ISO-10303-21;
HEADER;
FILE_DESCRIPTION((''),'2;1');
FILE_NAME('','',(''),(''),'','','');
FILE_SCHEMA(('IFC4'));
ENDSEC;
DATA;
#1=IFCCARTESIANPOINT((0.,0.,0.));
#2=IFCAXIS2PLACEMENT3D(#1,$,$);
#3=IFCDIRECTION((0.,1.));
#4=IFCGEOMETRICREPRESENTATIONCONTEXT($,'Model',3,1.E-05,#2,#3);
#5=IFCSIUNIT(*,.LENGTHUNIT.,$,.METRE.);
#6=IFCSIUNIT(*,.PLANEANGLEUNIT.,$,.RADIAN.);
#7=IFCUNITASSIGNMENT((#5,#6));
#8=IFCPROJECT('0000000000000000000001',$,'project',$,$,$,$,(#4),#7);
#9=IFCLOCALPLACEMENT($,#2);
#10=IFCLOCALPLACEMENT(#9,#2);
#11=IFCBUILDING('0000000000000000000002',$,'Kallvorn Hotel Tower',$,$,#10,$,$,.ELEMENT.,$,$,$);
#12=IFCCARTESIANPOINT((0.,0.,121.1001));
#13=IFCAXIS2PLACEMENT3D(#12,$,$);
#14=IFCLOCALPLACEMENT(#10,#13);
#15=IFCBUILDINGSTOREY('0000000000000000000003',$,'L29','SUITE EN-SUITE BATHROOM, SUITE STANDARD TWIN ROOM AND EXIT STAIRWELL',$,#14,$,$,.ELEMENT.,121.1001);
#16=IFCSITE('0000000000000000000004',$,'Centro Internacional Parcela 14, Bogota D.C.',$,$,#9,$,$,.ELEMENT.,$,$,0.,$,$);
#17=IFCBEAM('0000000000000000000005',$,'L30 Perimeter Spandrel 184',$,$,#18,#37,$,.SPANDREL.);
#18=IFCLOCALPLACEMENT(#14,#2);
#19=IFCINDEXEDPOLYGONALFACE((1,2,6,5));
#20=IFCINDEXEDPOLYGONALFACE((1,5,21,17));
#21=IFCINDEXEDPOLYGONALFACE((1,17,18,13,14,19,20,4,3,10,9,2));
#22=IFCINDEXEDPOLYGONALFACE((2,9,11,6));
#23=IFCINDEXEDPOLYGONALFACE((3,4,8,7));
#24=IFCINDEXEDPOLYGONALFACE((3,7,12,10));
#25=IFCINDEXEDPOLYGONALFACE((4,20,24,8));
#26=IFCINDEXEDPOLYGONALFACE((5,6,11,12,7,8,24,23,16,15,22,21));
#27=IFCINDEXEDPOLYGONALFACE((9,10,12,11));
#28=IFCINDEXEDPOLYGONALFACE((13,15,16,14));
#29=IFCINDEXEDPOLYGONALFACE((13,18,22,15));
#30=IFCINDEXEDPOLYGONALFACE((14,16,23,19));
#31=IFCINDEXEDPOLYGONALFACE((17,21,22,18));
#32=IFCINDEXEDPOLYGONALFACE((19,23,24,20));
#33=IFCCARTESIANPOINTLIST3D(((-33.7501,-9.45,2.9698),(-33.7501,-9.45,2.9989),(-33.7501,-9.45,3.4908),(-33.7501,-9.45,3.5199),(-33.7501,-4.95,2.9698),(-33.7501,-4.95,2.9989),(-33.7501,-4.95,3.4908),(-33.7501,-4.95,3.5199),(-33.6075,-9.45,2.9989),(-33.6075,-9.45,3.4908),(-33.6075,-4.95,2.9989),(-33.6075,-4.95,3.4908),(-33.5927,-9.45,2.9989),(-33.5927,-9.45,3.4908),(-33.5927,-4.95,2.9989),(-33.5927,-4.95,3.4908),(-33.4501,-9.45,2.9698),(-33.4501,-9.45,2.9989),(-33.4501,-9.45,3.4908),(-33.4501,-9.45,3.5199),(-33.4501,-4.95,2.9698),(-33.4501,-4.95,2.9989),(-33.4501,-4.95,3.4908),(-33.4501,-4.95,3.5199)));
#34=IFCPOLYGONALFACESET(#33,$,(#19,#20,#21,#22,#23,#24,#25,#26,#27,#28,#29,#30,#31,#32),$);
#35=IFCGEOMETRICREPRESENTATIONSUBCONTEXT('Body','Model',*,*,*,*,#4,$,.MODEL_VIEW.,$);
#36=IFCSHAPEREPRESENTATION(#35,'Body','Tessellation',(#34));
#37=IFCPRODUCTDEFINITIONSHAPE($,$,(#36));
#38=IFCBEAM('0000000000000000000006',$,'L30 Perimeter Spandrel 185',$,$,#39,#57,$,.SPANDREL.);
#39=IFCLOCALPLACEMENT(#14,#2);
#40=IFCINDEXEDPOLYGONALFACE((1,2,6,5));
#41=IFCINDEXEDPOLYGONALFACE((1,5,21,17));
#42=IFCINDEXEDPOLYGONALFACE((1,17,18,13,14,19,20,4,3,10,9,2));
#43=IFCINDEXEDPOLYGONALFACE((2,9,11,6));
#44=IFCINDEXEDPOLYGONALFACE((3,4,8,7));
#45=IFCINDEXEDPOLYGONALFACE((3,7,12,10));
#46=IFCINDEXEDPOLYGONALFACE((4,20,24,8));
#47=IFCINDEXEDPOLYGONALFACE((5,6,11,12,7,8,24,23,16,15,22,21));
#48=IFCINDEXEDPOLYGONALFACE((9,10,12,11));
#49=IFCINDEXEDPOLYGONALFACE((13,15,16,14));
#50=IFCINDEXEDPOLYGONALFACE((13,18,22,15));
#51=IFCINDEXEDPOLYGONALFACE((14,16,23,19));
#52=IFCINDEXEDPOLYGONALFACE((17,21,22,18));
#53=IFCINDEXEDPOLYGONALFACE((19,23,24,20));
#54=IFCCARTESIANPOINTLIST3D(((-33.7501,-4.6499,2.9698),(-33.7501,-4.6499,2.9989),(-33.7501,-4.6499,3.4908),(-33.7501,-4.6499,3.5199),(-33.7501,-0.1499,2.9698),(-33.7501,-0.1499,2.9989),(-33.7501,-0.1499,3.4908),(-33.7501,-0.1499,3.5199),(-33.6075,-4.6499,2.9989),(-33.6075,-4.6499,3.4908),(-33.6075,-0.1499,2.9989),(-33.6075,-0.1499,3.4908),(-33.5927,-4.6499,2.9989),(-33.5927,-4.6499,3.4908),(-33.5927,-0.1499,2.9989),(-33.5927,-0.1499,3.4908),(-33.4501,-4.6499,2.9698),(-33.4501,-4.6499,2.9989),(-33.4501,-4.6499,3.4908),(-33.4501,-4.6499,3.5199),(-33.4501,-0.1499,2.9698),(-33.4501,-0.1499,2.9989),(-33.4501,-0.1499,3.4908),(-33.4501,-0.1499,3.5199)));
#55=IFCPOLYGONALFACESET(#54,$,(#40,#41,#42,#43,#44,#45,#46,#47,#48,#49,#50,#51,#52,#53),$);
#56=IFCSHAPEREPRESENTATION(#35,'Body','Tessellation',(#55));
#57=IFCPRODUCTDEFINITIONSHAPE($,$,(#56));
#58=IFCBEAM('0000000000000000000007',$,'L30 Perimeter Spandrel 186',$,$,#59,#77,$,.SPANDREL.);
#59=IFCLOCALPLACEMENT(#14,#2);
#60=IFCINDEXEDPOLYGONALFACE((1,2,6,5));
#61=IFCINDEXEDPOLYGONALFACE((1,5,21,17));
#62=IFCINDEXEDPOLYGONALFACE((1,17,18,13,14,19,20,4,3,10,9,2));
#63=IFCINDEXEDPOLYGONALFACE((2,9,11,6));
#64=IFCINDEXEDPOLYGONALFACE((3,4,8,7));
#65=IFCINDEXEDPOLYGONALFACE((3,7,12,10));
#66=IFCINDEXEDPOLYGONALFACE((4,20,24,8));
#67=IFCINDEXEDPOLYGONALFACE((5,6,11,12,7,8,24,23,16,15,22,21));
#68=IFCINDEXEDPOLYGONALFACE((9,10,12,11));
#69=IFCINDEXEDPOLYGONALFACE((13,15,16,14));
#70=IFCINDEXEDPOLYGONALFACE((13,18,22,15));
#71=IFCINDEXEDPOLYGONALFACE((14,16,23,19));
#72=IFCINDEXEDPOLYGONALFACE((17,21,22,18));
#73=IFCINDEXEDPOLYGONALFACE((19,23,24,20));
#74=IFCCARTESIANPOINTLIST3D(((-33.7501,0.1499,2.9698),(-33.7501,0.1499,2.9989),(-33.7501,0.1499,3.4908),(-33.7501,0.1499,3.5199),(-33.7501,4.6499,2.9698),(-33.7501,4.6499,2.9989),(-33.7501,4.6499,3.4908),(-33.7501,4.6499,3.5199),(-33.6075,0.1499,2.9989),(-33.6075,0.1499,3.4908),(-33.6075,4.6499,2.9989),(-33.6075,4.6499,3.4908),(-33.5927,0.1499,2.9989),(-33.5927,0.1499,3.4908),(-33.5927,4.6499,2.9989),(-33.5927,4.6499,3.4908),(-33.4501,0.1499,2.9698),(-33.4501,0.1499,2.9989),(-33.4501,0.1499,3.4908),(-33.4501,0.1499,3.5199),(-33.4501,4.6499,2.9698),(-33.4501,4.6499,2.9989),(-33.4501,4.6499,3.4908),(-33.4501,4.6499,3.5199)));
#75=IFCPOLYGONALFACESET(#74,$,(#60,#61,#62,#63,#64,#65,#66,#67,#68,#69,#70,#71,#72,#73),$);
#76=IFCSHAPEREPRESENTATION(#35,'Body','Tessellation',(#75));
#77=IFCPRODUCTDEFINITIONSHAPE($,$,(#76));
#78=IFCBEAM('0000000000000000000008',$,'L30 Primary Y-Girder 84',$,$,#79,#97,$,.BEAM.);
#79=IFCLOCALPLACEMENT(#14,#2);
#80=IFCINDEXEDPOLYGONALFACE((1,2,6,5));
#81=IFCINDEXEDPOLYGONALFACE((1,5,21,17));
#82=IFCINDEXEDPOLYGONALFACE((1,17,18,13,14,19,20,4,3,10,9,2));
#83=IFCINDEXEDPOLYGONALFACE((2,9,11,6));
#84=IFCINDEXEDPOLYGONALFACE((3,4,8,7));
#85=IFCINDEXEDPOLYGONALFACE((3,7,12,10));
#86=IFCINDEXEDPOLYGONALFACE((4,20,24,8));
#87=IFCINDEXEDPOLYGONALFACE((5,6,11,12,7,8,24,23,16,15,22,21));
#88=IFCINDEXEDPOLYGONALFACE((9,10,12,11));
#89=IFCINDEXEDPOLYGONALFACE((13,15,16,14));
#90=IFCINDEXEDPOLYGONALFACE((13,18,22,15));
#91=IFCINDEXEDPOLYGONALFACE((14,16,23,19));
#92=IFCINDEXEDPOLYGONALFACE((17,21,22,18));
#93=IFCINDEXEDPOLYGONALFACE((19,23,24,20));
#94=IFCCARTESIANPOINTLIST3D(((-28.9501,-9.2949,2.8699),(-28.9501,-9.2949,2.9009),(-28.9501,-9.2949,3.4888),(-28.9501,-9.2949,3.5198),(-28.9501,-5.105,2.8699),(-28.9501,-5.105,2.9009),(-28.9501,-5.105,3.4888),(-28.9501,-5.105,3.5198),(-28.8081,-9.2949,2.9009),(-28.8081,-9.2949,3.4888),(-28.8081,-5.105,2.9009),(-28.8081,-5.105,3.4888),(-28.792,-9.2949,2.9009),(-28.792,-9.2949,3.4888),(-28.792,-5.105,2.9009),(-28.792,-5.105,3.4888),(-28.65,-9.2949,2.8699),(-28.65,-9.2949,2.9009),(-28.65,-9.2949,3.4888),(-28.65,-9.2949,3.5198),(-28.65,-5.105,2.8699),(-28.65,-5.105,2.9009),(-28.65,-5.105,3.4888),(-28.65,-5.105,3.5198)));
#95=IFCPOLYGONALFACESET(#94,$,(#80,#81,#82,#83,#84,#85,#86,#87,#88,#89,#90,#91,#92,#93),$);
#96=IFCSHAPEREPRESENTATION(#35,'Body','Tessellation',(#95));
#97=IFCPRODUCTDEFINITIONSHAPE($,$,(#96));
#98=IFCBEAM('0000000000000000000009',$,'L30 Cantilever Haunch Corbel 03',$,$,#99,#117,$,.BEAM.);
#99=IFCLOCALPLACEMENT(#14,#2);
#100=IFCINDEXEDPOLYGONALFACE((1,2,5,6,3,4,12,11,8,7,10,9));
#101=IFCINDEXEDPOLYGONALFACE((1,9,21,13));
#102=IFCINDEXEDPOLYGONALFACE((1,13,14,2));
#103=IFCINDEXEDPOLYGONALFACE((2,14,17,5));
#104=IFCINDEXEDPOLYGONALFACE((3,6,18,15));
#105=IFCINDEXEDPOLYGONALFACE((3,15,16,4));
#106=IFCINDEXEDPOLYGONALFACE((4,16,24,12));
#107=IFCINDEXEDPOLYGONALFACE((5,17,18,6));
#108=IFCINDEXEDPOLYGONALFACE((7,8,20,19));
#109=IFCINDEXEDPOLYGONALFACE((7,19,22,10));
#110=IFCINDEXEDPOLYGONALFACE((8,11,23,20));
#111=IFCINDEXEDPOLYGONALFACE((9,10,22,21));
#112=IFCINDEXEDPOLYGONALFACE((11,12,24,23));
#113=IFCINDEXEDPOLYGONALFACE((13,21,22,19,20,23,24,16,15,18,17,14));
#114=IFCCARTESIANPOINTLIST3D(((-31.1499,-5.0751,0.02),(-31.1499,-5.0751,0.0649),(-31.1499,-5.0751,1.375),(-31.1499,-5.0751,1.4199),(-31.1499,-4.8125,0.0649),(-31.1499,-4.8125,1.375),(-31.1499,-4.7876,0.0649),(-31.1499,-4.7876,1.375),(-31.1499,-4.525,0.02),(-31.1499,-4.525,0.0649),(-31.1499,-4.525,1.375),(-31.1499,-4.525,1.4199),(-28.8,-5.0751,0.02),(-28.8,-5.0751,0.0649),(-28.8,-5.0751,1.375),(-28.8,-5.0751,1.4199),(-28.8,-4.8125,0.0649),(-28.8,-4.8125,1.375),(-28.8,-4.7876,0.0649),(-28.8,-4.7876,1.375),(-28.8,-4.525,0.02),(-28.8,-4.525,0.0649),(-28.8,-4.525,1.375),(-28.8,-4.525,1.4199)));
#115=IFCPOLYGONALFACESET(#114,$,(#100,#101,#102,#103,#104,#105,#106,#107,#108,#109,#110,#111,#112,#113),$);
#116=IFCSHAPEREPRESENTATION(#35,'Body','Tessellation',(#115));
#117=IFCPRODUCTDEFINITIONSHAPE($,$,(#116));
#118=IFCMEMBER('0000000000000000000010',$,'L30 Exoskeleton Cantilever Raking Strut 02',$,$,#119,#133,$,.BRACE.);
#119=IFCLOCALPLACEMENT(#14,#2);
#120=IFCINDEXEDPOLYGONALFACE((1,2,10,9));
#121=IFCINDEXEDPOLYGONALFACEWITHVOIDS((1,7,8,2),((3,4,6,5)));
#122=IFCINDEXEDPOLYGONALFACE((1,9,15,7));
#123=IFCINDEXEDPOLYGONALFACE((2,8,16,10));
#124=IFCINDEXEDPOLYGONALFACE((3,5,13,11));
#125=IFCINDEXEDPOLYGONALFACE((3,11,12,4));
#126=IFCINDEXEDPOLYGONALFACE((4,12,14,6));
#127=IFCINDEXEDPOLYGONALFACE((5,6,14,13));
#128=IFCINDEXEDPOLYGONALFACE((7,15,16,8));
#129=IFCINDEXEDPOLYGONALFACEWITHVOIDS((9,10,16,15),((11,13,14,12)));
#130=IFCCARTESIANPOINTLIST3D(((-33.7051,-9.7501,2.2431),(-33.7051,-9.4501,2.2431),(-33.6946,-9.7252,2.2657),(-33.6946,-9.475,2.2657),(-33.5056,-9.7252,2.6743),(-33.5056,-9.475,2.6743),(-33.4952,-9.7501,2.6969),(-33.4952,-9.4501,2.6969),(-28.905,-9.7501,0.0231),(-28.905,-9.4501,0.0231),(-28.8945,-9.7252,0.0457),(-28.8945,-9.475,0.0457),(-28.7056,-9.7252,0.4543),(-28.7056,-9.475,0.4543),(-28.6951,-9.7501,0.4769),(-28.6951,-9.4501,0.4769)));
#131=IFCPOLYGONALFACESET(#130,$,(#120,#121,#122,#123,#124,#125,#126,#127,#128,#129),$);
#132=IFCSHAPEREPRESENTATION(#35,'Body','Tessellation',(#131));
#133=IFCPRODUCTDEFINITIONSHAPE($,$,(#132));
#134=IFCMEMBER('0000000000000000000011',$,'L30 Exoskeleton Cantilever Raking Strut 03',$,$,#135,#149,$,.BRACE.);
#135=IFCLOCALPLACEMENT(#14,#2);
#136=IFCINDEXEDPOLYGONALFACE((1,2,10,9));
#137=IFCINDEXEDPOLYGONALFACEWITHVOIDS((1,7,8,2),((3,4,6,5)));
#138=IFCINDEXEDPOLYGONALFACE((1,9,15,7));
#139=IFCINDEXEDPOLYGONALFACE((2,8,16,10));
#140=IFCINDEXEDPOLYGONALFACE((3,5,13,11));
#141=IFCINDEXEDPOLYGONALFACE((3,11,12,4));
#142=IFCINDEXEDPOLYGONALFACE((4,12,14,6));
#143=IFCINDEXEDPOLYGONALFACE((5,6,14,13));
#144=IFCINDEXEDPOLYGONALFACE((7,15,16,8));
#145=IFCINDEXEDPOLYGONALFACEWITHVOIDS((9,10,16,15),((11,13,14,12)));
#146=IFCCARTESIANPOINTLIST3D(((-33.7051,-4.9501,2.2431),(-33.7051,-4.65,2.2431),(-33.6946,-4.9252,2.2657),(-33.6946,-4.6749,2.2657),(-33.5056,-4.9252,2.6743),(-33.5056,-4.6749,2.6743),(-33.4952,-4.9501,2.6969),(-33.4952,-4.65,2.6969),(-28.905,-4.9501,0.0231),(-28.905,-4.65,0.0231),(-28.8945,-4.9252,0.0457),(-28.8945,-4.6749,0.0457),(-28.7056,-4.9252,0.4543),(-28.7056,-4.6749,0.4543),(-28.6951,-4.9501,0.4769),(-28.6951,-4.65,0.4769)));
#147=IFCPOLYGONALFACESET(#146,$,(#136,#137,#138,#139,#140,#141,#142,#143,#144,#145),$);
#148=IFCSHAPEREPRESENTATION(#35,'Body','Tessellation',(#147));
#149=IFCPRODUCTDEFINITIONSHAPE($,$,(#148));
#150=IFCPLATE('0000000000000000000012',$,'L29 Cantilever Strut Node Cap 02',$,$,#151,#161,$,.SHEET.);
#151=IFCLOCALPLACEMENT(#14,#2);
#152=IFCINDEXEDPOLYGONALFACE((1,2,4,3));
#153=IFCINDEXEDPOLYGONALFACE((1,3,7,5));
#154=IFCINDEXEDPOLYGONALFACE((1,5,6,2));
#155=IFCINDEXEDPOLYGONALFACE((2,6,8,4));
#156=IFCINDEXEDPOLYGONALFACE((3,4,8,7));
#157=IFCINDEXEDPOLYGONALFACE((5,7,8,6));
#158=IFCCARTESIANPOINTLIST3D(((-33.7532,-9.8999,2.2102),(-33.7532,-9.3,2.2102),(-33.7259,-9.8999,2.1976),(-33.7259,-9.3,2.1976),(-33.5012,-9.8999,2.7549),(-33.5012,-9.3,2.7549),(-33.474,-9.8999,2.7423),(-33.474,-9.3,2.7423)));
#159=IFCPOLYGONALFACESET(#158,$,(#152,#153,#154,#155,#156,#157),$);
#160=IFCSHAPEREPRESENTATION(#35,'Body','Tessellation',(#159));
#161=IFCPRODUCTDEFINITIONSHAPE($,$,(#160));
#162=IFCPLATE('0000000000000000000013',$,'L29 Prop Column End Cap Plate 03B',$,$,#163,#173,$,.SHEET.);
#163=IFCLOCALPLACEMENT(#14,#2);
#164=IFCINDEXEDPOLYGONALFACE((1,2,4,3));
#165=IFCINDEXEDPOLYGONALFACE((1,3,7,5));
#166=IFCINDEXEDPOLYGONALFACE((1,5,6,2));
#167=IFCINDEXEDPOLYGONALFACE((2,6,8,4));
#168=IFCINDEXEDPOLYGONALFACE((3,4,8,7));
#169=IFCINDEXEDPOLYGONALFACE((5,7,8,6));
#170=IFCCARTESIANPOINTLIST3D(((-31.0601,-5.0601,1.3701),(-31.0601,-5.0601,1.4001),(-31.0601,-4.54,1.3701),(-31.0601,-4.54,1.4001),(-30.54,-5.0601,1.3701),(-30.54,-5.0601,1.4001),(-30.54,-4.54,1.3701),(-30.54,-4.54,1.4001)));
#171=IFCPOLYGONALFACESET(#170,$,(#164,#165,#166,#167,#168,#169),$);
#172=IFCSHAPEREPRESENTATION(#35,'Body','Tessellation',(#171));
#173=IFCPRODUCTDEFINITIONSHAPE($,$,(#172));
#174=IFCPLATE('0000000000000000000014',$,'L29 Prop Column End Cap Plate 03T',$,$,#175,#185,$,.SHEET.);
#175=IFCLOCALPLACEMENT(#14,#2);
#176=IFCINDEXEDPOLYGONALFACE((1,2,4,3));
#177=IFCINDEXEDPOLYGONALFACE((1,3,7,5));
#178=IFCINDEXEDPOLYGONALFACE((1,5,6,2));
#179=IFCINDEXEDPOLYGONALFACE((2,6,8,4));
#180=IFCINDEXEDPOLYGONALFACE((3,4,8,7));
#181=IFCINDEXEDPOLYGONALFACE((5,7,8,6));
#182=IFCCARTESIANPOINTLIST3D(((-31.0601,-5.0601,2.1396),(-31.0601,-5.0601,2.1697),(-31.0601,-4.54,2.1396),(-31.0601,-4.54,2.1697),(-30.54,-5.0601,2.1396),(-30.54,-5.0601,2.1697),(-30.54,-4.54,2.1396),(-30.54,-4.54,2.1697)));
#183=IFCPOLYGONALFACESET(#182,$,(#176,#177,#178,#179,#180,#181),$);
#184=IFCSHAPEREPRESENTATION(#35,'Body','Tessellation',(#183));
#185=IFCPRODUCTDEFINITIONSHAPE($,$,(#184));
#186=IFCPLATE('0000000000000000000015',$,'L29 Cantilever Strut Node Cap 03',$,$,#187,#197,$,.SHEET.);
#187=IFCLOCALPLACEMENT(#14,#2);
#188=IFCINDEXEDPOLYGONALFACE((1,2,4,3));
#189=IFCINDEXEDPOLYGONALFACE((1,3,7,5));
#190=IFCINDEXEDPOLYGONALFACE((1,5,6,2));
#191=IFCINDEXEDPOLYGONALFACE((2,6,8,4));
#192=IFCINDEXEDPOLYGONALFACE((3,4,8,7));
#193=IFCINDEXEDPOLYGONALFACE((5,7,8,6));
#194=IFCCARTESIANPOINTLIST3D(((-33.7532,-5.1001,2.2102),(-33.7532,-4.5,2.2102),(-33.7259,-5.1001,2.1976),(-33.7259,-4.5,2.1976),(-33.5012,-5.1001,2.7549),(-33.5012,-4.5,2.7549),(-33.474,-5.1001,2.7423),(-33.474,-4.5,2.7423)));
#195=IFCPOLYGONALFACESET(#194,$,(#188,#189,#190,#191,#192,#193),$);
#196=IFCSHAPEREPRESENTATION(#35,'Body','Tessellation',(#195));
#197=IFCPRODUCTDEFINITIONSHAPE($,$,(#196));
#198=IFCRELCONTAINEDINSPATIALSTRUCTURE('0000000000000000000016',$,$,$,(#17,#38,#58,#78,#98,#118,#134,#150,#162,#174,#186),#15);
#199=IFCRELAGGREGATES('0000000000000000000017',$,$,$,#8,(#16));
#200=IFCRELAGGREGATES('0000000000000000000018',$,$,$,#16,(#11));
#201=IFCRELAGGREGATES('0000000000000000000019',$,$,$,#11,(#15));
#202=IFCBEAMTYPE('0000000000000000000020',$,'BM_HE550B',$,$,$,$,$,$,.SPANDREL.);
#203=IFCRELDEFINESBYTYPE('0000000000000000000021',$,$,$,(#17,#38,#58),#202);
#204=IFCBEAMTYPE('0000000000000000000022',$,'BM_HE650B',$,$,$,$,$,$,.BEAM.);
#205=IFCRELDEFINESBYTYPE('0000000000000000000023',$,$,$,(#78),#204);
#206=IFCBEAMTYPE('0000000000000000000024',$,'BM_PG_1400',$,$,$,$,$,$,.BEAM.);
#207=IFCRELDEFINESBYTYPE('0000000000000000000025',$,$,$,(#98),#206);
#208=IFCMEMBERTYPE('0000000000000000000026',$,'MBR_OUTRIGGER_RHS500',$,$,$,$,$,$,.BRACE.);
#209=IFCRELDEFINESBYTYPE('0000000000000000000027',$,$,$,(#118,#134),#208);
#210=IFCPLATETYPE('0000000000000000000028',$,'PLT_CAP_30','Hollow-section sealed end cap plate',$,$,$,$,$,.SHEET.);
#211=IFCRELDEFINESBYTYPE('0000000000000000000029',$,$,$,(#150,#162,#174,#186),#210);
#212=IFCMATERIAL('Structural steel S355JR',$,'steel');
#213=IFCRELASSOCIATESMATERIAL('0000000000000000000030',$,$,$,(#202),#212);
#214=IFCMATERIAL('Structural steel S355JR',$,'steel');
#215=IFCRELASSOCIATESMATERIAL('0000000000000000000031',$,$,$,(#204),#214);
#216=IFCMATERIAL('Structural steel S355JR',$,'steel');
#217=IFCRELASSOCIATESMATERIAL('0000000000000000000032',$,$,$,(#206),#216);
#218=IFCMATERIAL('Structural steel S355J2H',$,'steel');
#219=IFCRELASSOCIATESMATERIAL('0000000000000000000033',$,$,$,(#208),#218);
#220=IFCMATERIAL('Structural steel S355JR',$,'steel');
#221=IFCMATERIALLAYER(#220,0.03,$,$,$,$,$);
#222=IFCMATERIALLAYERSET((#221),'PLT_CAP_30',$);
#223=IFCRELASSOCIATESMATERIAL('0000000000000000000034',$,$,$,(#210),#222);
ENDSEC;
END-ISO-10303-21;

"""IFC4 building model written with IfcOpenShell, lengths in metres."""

from ifc_helpers import new_model, si_unit, direction, frame, origin, origin_2d, place, context, subcontext, project, spatial, polyline, rectangle, hollow_rectangle, i_section, outline, extrude, material, layer, layer_set, material_profile, profile_set, type_object, element, save


model = new_model("IFC4")

# Units and contexts
model_context = context("Model", 3, precision=1e-05, world=origin(), true_north=direction((0.0, 1.0)))
body_context = subcontext(model_context, "Body", "Model", "MODEL_VIEW")
ifc_project = project(units=[si_unit("LENGTHUNIT", "METRE"), si_unit("PLANEANGLEUNIT", "RADIAN")], contexts=[model_context])

# Site, building, storey
site_placement = place(None, origin())
site = spatial("IfcSite", under=ifc_project, at=site_placement, Name="Centro Internacional Parcela 14, Bogota D.C.", CompositionType="ELEMENT", RefElevation=0.0)
building_placement = place(site_placement, origin())
building = spatial("IfcBuilding", under=site, at=building_placement, Name="Kallvorn Hotel Tower", CompositionType="ELEMENT")
storey_placement = place(building_placement, frame((0.0, 0.0, 121.1001)))
storey = spatial("IfcBuildingStorey", under=building, at=storey_placement, Name="L29", Description="SUITE EN-SUITE BATHROOM, SUITE STANDARD TWIN ROOM AND EXIT STAIRWELL", CompositionType="ELEMENT", Elevation=121.1001)

# Beams
ifc_material_1 = material(Name="Structural steel S355JR", Category="steel")
ifc_material_profile_1 = material_profile(ifc_material_1, i_section(OverallWidth=0.3, OverallDepth=0.55, WebThickness=0.0149, FlangeThickness=0.0291, at=origin_2d()), Name="HE 550 B")
ifc_profile_set_1 = profile_set([ifc_material_profile_1], Name="Structural steel S355JR")
beam_type_1 = type_object("IfcBeamType", Name="BM_HE550B", PredefinedType="SPANDREL", material=ifc_profile_set_1)
for number, where, z_axis, x_axis, name in (
    (1, (-33.6001, -9.45, 3.2449), (0.0, 1.0, 0.0), (-1.0, 0.0, 0.0), "L30 Perimeter Spandrel 184"),
    (2, (-33.6001, -4.6499, 3.2449), (0.0, 1.0, 0.0), (-1.0, 0.0, 0.0), "L30 Perimeter Spandrel 185"),
    (3, (-33.6001, 0.1499, 3.2449), (0.0, 1.0, 0.0), (-1.0, 0.0, 0.0), "L30 Perimeter Spandrel 186"),
):
    element("IfcBeam", number, at=place(storey_placement, frame(where, z_axis=z_axis, x_axis=x_axis)), inside=storey, type_object=beam_type_1, Name=name, PredefinedType="SPANDREL", context=body_context, shape_type="SweptSolid", body=[
        extrude(i_section(OverallWidth=0.3, OverallDepth=0.55, WebThickness=0.0149, FlangeThickness=0.0291, at=origin_2d()), origin(), (0.0, 0.0, 1.0), 4.5),
    ])
ifc_material_2 = material(Name="Structural steel S355JR", Category="steel")
ifc_material_profile_2 = material_profile(ifc_material_2, i_section(OverallWidth=0.3, OverallDepth=0.6499, WebThickness=0.0161, FlangeThickness=0.031, at=origin_2d()), Name="HE 650 B")
ifc_profile_set_2 = profile_set([ifc_material_profile_2], Name="Structural steel S355JR")
beam_type_2 = type_object("IfcBeamType", Name="BM_HE650B", PredefinedType="BEAM", material=ifc_profile_set_2)
beam_1_placement = place(storey_placement, frame((-28.8, -9.2949, 3.1948), z_axis=(0.0, 1.0, 0.0), x_axis=(-1.0, 0.0, 0.0)))
element("IfcBeam", 4, at=beam_1_placement, inside=storey, type_object=beam_type_2, Name="L30 Primary Y-Girder 84", PredefinedType="BEAM", context=body_context, shape_type="SweptSolid", body=[
    extrude(i_section(OverallWidth=0.3, OverallDepth=0.6499, WebThickness=0.0161, FlangeThickness=0.031, at=origin_2d()), origin(), (0.0, 0.0, 1.0), 4.1899),
])
ifc_material_3 = material(Name="Structural steel S355JR", Category="steel")
ifc_material_profile_3 = material_profile(ifc_material_3, i_section(OverallWidth=0.55, OverallDepth=1.3999, WebThickness=0.0249, FlangeThickness=0.0449, at=origin_2d()), Name="PG 1400x550x25x45")
ifc_profile_set_3 = profile_set([ifc_material_profile_3], Name="Structural steel S355JR")
beam_type_3 = type_object("IfcBeamType", Name="BM_PG_1400", PredefinedType="BEAM", material=ifc_profile_set_3)
beam_2_placement = place(storey_placement, frame((-28.8, -4.8, 0.72), z_axis=(-1.0, 0.0, 0.0), x_axis=(0.0, -1.0, 0.0)))
element("IfcBeam", 5, at=beam_2_placement, inside=storey, type_object=beam_type_3, Name="L30 Cantilever Haunch Corbel 03", PredefinedType="BEAM", context=body_context, shape_type="SweptSolid", body=[
    extrude(i_section(OverallWidth=0.55, OverallDepth=1.3999, WebThickness=0.0249, FlangeThickness=0.0449, at=origin_2d()), origin(), (0.0, 0.0, 1.0), 2.3499),
])

# Members
ifc_material_4 = material(Name="Structural steel S355J2H", Category="steel")
ifc_material_profile_4 = material_profile(ifc_material_4, hollow_rectangle(XDim=0.3, YDim=0.5, WallThickness=0.0249, at=origin_2d()), Name="RHS 500x300x25")
ifc_profile_set_4 = profile_set([ifc_material_profile_4], Name="Structural steel S355J2H")
member_type = type_object("IfcMemberType", Name="MBR_OUTRIGGER_RHS500", PredefinedType="BRACE", material=ifc_profile_set_4)
for number, where, z_axis, x_axis, name in (
    (6, (-28.8, -9.6001, 0.25), (-0.907631, 0.0, 0.419769), (0.0, -1.0, 0.0), "L30 Exoskeleton Cantilever Raking Strut 02"),
    (7, (-28.8, -4.8, 0.25), (-0.907631, 0.0, 0.419769), (0.0, -1.0, 0.0), "L30 Exoskeleton Cantilever Raking Strut 03"),
):
    element("IfcMember", number, at=place(storey_placement, frame(where, z_axis=z_axis, x_axis=x_axis)), inside=storey, type_object=member_type, Name=name, PredefinedType="BRACE", context=body_context, shape_type="SweptSolid", body=[
        extrude(hollow_rectangle(XDim=0.3, YDim=0.5, WallThickness=0.0249, at=origin_2d()), origin(), (0.0, 0.0, 1.0), 5.2886),
    ])

# Plates
ifc_material_5 = material(Name="Structural steel S355JR", Category="steel")
ifc_layer = layer(ifc_material_5, 0.03)
ifc_layer_set = layer_set([ifc_layer], Name="PLT_CAP_30")
plate_type = type_object("IfcPlateType", Name="PLT_CAP_30", Description="Hollow-section sealed end cap plate", PredefinedType="SHEET", material=ifc_layer_set)
plate_1_placement = place(storey_placement, frame((-33.7532, -9.3, 2.2102), z_axis=(-0.907602, 0.0, 0.419832), x_axis=(0.0, -1.0, 0.0)))
element("IfcPlate", 8, at=plate_1_placement, inside=storey, type_object=plate_type, Name="L29 Cantilever Strut Node Cap 02", PredefinedType="SHEET", context=body_context, shape_type="SweptSolid", body=[
    extrude(outline(polyline([(0.0, 0.0), (0.5999, 0.0), (0.5999, 0.6001), (0.0, 0.6001), (0.0, 0.0)])), origin(), (0.0, 0.0, -1.0), 0.03),
])
for number, where, z_axis, x_axis, name in (
    (9, (-30.8, -4.8, 1.3701), (0.0, 0.0, 1.0), (1.0, 0.0, 0.0), "L29 Prop Column End Cap Plate 03B"),
    (10, (-30.8, -4.8, 2.1396), (0.0, 0.0, 1.0), (1.0, 0.0, 0.0), "L29 Prop Column End Cap Plate 03T"),
):
    element("IfcPlate", number, at=place(storey_placement, frame(where, z_axis=z_axis, x_axis=x_axis)), inside=storey, type_object=plate_type, Name=name, PredefinedType="SHEET", context=body_context, shape_type="SweptSolid", body=[
        extrude(rectangle(XDim=0.52, YDim=0.52, at=origin_2d()), origin(), (0.0, 0.0, 1.0), 0.03),
    ])
plate_2_placement = place(storey_placement, frame((-33.7532, -4.5, 2.2102), z_axis=(-0.907602, 0.0, 0.419832), x_axis=(0.0, -1.0, 0.0)))
element("IfcPlate", 11, at=plate_2_placement, inside=storey, type_object=plate_type, Name="L29 Cantilever Strut Node Cap 03", PredefinedType="SHEET", context=body_context, shape_type="SweptSolid", body=[
    extrude(outline(polyline([(0.0, 0.0), (0.6001, 0.0), (0.6001, 0.6001), (0.0, 0.6001), (0.0, 0.0)])), origin(), (0.0, 0.0, -1.0), 0.03),
])

save(model, "model.ifc")
